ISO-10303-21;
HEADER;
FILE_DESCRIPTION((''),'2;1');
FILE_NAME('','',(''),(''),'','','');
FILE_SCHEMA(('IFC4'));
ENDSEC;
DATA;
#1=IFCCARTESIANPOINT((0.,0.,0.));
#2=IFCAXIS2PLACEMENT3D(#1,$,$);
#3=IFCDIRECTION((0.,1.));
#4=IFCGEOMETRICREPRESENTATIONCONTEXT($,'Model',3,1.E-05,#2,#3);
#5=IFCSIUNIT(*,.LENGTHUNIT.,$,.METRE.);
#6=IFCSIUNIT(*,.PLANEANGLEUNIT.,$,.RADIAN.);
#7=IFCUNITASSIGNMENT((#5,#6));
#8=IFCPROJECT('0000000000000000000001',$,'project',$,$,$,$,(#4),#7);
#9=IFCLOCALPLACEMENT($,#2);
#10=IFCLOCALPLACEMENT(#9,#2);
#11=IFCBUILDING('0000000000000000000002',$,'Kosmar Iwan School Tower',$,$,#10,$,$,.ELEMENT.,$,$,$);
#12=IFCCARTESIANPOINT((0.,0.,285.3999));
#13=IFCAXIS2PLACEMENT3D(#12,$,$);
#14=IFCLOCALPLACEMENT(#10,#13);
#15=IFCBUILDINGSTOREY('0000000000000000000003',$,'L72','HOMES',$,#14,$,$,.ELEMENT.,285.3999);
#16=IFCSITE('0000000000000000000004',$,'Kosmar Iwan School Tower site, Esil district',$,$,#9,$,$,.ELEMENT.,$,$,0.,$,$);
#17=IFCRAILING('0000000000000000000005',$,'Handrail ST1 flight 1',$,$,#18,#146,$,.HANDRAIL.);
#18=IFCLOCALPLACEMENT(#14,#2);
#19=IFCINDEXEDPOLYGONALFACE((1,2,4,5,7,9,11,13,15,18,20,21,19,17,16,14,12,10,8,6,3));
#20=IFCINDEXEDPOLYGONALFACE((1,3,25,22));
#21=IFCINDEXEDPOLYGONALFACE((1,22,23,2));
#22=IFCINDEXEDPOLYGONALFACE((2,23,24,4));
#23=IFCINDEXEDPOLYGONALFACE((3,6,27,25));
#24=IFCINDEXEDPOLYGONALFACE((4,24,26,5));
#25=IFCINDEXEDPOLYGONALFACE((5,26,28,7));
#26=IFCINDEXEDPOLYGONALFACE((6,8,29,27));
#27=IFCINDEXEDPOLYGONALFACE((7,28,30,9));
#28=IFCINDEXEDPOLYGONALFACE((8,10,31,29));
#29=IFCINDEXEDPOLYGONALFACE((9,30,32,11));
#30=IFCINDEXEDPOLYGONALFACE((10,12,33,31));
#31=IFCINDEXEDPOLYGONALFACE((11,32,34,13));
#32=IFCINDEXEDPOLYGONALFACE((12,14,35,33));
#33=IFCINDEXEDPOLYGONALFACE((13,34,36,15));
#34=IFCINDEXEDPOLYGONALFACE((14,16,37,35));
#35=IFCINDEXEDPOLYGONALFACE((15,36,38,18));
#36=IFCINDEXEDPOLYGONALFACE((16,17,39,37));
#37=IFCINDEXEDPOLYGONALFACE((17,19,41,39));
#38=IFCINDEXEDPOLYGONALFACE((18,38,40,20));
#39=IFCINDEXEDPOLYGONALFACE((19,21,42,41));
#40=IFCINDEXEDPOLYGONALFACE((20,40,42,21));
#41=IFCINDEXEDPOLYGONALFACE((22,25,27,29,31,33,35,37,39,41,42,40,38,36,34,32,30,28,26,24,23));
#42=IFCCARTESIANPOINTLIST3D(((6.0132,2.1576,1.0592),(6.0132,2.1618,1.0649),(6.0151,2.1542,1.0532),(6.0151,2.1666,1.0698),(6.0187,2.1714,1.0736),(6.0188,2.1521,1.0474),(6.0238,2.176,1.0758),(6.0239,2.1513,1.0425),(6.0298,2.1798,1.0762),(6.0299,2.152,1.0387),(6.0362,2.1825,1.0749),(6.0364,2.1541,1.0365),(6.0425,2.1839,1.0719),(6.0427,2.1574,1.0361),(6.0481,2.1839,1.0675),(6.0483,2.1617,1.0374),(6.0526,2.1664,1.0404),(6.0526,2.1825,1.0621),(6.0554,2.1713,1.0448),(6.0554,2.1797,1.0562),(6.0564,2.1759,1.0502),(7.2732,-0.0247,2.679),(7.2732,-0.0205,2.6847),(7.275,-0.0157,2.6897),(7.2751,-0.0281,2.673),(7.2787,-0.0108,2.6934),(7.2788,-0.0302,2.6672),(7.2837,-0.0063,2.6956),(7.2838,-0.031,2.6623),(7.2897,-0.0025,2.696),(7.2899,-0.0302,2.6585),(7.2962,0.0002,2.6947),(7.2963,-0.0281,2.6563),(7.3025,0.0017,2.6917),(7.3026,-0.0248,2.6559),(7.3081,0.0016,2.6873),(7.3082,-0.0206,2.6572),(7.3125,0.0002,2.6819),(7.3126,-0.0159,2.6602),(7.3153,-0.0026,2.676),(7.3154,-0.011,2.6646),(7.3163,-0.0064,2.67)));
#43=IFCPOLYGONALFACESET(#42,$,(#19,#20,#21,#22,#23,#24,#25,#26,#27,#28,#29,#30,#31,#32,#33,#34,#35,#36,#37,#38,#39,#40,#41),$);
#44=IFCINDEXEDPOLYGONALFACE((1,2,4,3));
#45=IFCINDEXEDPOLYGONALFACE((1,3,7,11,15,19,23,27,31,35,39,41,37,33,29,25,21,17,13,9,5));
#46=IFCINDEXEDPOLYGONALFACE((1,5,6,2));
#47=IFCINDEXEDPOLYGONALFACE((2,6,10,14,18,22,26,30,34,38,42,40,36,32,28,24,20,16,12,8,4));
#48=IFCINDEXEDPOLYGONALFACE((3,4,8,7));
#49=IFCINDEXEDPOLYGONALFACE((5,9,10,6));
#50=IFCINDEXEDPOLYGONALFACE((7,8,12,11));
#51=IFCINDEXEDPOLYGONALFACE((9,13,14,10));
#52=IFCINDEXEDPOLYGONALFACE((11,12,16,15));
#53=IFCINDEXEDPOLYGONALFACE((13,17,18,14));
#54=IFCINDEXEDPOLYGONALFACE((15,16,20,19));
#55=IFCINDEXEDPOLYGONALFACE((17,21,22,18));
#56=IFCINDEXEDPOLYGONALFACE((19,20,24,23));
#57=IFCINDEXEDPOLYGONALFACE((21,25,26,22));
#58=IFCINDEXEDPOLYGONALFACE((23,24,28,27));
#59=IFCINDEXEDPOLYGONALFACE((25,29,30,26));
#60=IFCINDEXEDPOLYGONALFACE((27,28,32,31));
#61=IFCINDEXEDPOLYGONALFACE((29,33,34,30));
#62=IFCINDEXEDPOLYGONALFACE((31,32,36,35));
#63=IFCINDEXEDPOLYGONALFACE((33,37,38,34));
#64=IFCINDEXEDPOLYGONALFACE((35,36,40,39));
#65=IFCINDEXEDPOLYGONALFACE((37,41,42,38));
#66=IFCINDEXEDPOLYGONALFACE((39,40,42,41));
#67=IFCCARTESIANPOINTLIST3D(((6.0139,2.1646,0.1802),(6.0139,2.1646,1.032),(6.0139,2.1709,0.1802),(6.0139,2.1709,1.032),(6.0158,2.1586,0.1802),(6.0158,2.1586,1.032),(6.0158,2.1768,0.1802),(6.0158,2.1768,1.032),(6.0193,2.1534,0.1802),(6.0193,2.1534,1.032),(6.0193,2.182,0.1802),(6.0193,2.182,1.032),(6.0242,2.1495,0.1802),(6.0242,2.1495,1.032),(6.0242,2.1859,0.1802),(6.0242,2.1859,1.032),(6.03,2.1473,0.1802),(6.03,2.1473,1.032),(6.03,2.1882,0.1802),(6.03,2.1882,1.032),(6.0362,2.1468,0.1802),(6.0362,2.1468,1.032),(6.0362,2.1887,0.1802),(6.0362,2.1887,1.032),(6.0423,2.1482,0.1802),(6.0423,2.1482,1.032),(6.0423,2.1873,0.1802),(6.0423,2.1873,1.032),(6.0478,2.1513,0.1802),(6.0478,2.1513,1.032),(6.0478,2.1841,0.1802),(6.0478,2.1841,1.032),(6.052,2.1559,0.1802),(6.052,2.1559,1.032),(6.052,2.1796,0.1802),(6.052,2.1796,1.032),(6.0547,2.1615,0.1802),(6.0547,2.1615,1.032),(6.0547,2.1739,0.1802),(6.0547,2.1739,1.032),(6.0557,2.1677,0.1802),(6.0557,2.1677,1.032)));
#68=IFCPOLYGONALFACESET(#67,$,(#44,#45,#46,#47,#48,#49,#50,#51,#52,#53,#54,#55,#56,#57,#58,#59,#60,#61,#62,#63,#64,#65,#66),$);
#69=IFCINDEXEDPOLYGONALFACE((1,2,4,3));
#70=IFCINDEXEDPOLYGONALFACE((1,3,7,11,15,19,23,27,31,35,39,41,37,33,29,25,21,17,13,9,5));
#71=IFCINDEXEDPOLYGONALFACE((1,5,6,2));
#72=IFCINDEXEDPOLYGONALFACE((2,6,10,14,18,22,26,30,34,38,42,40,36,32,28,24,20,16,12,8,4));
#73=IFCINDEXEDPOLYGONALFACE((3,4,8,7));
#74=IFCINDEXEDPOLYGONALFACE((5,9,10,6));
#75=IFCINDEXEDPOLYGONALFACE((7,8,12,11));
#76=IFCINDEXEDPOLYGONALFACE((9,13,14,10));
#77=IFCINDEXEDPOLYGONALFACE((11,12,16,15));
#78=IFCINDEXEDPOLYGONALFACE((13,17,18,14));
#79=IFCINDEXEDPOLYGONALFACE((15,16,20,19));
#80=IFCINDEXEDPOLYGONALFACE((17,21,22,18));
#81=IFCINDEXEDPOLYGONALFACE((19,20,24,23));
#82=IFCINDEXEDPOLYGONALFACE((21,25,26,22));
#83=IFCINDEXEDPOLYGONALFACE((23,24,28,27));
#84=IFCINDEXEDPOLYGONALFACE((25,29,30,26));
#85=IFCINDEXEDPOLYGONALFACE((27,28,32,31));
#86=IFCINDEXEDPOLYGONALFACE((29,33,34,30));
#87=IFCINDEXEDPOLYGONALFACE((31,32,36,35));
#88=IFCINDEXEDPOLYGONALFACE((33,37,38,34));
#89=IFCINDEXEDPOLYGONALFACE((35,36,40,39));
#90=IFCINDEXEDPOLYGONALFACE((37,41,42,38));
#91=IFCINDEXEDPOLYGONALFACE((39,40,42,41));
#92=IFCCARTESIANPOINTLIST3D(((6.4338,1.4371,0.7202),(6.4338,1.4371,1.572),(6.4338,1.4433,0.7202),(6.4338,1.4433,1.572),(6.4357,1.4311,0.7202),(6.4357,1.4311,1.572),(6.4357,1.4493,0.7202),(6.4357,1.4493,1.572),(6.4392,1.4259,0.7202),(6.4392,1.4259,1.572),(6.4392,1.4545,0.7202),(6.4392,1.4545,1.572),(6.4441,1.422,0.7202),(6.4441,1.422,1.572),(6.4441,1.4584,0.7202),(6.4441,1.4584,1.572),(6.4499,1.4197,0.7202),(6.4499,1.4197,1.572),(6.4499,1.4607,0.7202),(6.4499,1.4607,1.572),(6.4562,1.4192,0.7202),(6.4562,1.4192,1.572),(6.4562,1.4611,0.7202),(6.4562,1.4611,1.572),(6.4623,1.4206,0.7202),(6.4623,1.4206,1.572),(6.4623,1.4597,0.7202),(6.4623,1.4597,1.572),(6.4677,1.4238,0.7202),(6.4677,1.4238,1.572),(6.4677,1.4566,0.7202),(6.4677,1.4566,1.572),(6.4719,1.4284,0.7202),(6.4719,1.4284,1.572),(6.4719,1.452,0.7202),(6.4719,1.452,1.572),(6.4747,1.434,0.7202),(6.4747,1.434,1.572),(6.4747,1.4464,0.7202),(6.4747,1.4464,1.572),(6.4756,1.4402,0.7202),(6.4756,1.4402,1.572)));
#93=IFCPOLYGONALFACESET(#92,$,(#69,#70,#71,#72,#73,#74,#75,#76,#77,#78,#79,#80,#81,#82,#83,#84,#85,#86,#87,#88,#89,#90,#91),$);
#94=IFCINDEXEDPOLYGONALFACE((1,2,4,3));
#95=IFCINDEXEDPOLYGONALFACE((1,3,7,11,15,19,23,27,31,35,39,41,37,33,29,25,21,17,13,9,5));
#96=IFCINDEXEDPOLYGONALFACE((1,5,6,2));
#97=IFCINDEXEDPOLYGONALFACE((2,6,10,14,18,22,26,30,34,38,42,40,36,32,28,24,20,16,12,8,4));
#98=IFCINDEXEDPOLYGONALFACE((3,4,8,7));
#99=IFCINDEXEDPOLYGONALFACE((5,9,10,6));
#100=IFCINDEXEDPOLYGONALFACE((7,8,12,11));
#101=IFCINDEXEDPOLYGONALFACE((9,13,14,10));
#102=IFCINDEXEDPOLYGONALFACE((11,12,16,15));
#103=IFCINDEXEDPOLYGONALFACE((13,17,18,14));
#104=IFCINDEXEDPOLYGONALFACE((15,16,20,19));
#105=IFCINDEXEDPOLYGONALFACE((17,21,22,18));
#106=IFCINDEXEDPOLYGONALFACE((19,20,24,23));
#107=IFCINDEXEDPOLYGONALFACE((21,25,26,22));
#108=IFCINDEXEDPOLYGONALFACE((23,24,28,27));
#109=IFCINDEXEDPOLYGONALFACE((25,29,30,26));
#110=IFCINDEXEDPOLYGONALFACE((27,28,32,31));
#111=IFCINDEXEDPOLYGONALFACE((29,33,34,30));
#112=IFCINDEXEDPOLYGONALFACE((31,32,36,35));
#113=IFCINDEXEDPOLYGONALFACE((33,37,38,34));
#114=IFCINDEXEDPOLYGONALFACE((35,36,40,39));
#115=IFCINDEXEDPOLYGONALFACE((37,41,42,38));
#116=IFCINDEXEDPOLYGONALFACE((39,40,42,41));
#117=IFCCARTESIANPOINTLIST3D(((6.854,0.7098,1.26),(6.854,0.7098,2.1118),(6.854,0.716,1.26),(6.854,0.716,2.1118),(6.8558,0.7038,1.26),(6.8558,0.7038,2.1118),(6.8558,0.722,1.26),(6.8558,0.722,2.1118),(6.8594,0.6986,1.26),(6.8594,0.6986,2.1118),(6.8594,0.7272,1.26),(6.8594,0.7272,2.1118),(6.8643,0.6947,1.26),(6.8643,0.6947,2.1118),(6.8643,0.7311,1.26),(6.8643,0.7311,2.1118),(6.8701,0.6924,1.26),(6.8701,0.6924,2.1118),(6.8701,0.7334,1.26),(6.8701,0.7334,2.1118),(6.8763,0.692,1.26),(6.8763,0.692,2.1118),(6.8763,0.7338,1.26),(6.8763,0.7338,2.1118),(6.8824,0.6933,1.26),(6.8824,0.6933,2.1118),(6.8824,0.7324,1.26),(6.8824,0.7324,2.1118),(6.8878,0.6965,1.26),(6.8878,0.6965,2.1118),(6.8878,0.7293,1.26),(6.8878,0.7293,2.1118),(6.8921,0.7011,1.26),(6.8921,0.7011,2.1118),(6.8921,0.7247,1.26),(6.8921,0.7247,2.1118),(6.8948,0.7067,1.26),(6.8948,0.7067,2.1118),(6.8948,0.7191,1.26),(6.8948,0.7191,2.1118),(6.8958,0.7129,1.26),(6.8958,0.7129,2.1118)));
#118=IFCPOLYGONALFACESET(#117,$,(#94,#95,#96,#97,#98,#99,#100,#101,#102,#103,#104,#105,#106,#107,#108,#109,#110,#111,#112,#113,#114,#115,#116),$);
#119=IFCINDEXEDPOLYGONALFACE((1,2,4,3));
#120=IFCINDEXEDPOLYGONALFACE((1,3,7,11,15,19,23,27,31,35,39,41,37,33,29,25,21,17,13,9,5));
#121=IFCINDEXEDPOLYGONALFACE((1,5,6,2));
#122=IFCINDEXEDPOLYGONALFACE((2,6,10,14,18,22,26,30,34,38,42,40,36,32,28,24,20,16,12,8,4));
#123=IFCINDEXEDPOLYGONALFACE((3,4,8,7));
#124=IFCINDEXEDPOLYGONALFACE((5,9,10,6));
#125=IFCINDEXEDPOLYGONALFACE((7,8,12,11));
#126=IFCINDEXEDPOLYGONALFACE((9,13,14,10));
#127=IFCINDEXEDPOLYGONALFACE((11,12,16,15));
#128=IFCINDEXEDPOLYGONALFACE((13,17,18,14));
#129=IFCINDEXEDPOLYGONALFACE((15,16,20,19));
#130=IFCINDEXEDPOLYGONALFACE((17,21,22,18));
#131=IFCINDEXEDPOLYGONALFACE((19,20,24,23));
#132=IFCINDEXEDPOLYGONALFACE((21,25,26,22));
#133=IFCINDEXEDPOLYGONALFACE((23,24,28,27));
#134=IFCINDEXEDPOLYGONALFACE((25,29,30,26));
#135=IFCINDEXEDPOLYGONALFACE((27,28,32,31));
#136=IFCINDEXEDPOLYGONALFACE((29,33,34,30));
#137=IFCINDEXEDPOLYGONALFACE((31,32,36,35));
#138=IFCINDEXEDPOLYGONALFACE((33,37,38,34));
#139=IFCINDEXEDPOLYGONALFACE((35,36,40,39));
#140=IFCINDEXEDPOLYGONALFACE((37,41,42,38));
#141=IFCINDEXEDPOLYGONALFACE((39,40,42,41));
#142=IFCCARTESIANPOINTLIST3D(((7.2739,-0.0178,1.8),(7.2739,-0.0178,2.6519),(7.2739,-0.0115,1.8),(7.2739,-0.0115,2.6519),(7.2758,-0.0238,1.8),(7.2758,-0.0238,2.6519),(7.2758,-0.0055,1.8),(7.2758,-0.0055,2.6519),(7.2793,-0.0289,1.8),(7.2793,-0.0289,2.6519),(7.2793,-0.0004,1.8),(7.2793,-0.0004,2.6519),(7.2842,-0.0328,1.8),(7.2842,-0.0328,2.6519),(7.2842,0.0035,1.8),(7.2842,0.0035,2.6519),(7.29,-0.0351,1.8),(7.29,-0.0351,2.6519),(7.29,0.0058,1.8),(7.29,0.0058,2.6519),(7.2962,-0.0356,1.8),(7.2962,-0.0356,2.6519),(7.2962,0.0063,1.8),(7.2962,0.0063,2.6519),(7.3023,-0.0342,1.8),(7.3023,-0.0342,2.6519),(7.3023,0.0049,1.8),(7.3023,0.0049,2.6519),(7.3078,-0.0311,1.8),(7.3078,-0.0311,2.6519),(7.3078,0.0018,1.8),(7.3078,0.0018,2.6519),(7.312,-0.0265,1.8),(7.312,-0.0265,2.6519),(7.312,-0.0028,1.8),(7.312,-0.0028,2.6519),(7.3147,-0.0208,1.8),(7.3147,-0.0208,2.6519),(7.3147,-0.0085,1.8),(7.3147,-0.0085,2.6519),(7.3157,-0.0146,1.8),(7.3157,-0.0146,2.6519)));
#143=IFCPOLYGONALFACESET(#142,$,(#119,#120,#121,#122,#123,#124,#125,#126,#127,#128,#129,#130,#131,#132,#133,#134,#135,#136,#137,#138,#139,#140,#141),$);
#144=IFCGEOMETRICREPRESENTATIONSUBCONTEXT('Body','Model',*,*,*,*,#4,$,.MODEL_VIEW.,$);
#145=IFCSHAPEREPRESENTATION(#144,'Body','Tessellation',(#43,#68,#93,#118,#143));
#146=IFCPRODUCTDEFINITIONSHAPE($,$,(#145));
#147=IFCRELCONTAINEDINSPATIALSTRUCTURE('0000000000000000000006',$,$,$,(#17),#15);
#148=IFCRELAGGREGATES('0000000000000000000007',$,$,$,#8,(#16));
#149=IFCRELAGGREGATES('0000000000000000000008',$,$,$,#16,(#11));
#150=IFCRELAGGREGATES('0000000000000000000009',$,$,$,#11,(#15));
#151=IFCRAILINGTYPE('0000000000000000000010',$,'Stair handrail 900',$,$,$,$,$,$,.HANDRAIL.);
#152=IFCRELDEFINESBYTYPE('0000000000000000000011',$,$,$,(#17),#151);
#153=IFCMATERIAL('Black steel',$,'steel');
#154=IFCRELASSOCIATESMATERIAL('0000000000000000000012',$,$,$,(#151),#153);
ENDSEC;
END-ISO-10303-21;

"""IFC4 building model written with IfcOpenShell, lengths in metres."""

from ifc_helpers import new_model, si_unit, direction, frame, origin, origin_2d, place, context, subcontext, project, spatial, circle, extrude, material, type_object, element, save


model = new_model("IFC4")

# Units and contexts
model_context = context("Model", 3, precision=1e-05, world=origin(), true_north=direction((0.0, 1.0)))
body_context = subcontext(model_context, "Body", "Model", "MODEL_VIEW")
ifc_project = project(units=[si_unit("LENGTHUNIT", "METRE"), si_unit("PLANEANGLEUNIT", "RADIAN")], contexts=[model_context])

# Site, building, storey
site_placement = place(None, origin())
site = spatial("IfcSite", under=ifc_project, at=site_placement, Name="Kosmar Iwan School Tower site, Esil district", CompositionType="ELEMENT", RefElevation=0.0)
building_placement = place(site_placement, origin())
building = spatial("IfcBuilding", under=site, at=building_placement, Name="Kosmar Iwan School Tower", CompositionType="ELEMENT")
storey_placement = place(building_placement, frame((0.0, 0.0, 285.3999)))
storey = spatial("IfcBuildingStorey", under=building, at=storey_placement, Name="L72", Description="HOMES", CompositionType="ELEMENT", Elevation=285.3999)

# Railing
ifc_material_1 = material(Name="Black steel", Category="steel")
railing_type = type_object("IfcRailingType", Name="Stair handrail 900", PredefinedType="HANDRAIL", material=ifc_material_1)
railing_placement = place(storey_placement, frame((6.0347, 2.1677, 0.1802)))
element("IfcRailing", 1, at=railing_placement, inside=storey, type_object=railing_type, Name="Handrail ST1 flight 1", PredefinedType="HANDRAIL", context=body_context, shape_type="SweptSolid", body=[
    extrude(circle(Radius=0.0239, at=origin_2d()), frame((0.0, 0.0, 0.876), z_axis=(0.420603, -0.728496, 0.540728), x_axis=(0.866023, 0.500005, 0.0)), (0.0, 0.0, 1.0), 2.9956),
    extrude(circle(Radius=0.021, at=origin_2d()), origin(), (0.0, 0.0, 1.0), 0.8518),
    extrude(circle(Radius=0.021, at=origin_2d()), frame((0.4199, -0.7275, 0.54)), (0.0, 0.0, 1.0), 0.8518),
    extrude(circle(Radius=0.021, at=origin_2d()), frame((0.8401, -1.4548, 1.0798)), (0.0, 0.0, 1.0), 0.8518),
    extrude(circle(Radius=0.021, at=origin_2d()), frame((1.26, -2.1824, 1.6199)), (0.0, 0.0, 1.0), 0.8518),
])

save(model, "model.ifc")
